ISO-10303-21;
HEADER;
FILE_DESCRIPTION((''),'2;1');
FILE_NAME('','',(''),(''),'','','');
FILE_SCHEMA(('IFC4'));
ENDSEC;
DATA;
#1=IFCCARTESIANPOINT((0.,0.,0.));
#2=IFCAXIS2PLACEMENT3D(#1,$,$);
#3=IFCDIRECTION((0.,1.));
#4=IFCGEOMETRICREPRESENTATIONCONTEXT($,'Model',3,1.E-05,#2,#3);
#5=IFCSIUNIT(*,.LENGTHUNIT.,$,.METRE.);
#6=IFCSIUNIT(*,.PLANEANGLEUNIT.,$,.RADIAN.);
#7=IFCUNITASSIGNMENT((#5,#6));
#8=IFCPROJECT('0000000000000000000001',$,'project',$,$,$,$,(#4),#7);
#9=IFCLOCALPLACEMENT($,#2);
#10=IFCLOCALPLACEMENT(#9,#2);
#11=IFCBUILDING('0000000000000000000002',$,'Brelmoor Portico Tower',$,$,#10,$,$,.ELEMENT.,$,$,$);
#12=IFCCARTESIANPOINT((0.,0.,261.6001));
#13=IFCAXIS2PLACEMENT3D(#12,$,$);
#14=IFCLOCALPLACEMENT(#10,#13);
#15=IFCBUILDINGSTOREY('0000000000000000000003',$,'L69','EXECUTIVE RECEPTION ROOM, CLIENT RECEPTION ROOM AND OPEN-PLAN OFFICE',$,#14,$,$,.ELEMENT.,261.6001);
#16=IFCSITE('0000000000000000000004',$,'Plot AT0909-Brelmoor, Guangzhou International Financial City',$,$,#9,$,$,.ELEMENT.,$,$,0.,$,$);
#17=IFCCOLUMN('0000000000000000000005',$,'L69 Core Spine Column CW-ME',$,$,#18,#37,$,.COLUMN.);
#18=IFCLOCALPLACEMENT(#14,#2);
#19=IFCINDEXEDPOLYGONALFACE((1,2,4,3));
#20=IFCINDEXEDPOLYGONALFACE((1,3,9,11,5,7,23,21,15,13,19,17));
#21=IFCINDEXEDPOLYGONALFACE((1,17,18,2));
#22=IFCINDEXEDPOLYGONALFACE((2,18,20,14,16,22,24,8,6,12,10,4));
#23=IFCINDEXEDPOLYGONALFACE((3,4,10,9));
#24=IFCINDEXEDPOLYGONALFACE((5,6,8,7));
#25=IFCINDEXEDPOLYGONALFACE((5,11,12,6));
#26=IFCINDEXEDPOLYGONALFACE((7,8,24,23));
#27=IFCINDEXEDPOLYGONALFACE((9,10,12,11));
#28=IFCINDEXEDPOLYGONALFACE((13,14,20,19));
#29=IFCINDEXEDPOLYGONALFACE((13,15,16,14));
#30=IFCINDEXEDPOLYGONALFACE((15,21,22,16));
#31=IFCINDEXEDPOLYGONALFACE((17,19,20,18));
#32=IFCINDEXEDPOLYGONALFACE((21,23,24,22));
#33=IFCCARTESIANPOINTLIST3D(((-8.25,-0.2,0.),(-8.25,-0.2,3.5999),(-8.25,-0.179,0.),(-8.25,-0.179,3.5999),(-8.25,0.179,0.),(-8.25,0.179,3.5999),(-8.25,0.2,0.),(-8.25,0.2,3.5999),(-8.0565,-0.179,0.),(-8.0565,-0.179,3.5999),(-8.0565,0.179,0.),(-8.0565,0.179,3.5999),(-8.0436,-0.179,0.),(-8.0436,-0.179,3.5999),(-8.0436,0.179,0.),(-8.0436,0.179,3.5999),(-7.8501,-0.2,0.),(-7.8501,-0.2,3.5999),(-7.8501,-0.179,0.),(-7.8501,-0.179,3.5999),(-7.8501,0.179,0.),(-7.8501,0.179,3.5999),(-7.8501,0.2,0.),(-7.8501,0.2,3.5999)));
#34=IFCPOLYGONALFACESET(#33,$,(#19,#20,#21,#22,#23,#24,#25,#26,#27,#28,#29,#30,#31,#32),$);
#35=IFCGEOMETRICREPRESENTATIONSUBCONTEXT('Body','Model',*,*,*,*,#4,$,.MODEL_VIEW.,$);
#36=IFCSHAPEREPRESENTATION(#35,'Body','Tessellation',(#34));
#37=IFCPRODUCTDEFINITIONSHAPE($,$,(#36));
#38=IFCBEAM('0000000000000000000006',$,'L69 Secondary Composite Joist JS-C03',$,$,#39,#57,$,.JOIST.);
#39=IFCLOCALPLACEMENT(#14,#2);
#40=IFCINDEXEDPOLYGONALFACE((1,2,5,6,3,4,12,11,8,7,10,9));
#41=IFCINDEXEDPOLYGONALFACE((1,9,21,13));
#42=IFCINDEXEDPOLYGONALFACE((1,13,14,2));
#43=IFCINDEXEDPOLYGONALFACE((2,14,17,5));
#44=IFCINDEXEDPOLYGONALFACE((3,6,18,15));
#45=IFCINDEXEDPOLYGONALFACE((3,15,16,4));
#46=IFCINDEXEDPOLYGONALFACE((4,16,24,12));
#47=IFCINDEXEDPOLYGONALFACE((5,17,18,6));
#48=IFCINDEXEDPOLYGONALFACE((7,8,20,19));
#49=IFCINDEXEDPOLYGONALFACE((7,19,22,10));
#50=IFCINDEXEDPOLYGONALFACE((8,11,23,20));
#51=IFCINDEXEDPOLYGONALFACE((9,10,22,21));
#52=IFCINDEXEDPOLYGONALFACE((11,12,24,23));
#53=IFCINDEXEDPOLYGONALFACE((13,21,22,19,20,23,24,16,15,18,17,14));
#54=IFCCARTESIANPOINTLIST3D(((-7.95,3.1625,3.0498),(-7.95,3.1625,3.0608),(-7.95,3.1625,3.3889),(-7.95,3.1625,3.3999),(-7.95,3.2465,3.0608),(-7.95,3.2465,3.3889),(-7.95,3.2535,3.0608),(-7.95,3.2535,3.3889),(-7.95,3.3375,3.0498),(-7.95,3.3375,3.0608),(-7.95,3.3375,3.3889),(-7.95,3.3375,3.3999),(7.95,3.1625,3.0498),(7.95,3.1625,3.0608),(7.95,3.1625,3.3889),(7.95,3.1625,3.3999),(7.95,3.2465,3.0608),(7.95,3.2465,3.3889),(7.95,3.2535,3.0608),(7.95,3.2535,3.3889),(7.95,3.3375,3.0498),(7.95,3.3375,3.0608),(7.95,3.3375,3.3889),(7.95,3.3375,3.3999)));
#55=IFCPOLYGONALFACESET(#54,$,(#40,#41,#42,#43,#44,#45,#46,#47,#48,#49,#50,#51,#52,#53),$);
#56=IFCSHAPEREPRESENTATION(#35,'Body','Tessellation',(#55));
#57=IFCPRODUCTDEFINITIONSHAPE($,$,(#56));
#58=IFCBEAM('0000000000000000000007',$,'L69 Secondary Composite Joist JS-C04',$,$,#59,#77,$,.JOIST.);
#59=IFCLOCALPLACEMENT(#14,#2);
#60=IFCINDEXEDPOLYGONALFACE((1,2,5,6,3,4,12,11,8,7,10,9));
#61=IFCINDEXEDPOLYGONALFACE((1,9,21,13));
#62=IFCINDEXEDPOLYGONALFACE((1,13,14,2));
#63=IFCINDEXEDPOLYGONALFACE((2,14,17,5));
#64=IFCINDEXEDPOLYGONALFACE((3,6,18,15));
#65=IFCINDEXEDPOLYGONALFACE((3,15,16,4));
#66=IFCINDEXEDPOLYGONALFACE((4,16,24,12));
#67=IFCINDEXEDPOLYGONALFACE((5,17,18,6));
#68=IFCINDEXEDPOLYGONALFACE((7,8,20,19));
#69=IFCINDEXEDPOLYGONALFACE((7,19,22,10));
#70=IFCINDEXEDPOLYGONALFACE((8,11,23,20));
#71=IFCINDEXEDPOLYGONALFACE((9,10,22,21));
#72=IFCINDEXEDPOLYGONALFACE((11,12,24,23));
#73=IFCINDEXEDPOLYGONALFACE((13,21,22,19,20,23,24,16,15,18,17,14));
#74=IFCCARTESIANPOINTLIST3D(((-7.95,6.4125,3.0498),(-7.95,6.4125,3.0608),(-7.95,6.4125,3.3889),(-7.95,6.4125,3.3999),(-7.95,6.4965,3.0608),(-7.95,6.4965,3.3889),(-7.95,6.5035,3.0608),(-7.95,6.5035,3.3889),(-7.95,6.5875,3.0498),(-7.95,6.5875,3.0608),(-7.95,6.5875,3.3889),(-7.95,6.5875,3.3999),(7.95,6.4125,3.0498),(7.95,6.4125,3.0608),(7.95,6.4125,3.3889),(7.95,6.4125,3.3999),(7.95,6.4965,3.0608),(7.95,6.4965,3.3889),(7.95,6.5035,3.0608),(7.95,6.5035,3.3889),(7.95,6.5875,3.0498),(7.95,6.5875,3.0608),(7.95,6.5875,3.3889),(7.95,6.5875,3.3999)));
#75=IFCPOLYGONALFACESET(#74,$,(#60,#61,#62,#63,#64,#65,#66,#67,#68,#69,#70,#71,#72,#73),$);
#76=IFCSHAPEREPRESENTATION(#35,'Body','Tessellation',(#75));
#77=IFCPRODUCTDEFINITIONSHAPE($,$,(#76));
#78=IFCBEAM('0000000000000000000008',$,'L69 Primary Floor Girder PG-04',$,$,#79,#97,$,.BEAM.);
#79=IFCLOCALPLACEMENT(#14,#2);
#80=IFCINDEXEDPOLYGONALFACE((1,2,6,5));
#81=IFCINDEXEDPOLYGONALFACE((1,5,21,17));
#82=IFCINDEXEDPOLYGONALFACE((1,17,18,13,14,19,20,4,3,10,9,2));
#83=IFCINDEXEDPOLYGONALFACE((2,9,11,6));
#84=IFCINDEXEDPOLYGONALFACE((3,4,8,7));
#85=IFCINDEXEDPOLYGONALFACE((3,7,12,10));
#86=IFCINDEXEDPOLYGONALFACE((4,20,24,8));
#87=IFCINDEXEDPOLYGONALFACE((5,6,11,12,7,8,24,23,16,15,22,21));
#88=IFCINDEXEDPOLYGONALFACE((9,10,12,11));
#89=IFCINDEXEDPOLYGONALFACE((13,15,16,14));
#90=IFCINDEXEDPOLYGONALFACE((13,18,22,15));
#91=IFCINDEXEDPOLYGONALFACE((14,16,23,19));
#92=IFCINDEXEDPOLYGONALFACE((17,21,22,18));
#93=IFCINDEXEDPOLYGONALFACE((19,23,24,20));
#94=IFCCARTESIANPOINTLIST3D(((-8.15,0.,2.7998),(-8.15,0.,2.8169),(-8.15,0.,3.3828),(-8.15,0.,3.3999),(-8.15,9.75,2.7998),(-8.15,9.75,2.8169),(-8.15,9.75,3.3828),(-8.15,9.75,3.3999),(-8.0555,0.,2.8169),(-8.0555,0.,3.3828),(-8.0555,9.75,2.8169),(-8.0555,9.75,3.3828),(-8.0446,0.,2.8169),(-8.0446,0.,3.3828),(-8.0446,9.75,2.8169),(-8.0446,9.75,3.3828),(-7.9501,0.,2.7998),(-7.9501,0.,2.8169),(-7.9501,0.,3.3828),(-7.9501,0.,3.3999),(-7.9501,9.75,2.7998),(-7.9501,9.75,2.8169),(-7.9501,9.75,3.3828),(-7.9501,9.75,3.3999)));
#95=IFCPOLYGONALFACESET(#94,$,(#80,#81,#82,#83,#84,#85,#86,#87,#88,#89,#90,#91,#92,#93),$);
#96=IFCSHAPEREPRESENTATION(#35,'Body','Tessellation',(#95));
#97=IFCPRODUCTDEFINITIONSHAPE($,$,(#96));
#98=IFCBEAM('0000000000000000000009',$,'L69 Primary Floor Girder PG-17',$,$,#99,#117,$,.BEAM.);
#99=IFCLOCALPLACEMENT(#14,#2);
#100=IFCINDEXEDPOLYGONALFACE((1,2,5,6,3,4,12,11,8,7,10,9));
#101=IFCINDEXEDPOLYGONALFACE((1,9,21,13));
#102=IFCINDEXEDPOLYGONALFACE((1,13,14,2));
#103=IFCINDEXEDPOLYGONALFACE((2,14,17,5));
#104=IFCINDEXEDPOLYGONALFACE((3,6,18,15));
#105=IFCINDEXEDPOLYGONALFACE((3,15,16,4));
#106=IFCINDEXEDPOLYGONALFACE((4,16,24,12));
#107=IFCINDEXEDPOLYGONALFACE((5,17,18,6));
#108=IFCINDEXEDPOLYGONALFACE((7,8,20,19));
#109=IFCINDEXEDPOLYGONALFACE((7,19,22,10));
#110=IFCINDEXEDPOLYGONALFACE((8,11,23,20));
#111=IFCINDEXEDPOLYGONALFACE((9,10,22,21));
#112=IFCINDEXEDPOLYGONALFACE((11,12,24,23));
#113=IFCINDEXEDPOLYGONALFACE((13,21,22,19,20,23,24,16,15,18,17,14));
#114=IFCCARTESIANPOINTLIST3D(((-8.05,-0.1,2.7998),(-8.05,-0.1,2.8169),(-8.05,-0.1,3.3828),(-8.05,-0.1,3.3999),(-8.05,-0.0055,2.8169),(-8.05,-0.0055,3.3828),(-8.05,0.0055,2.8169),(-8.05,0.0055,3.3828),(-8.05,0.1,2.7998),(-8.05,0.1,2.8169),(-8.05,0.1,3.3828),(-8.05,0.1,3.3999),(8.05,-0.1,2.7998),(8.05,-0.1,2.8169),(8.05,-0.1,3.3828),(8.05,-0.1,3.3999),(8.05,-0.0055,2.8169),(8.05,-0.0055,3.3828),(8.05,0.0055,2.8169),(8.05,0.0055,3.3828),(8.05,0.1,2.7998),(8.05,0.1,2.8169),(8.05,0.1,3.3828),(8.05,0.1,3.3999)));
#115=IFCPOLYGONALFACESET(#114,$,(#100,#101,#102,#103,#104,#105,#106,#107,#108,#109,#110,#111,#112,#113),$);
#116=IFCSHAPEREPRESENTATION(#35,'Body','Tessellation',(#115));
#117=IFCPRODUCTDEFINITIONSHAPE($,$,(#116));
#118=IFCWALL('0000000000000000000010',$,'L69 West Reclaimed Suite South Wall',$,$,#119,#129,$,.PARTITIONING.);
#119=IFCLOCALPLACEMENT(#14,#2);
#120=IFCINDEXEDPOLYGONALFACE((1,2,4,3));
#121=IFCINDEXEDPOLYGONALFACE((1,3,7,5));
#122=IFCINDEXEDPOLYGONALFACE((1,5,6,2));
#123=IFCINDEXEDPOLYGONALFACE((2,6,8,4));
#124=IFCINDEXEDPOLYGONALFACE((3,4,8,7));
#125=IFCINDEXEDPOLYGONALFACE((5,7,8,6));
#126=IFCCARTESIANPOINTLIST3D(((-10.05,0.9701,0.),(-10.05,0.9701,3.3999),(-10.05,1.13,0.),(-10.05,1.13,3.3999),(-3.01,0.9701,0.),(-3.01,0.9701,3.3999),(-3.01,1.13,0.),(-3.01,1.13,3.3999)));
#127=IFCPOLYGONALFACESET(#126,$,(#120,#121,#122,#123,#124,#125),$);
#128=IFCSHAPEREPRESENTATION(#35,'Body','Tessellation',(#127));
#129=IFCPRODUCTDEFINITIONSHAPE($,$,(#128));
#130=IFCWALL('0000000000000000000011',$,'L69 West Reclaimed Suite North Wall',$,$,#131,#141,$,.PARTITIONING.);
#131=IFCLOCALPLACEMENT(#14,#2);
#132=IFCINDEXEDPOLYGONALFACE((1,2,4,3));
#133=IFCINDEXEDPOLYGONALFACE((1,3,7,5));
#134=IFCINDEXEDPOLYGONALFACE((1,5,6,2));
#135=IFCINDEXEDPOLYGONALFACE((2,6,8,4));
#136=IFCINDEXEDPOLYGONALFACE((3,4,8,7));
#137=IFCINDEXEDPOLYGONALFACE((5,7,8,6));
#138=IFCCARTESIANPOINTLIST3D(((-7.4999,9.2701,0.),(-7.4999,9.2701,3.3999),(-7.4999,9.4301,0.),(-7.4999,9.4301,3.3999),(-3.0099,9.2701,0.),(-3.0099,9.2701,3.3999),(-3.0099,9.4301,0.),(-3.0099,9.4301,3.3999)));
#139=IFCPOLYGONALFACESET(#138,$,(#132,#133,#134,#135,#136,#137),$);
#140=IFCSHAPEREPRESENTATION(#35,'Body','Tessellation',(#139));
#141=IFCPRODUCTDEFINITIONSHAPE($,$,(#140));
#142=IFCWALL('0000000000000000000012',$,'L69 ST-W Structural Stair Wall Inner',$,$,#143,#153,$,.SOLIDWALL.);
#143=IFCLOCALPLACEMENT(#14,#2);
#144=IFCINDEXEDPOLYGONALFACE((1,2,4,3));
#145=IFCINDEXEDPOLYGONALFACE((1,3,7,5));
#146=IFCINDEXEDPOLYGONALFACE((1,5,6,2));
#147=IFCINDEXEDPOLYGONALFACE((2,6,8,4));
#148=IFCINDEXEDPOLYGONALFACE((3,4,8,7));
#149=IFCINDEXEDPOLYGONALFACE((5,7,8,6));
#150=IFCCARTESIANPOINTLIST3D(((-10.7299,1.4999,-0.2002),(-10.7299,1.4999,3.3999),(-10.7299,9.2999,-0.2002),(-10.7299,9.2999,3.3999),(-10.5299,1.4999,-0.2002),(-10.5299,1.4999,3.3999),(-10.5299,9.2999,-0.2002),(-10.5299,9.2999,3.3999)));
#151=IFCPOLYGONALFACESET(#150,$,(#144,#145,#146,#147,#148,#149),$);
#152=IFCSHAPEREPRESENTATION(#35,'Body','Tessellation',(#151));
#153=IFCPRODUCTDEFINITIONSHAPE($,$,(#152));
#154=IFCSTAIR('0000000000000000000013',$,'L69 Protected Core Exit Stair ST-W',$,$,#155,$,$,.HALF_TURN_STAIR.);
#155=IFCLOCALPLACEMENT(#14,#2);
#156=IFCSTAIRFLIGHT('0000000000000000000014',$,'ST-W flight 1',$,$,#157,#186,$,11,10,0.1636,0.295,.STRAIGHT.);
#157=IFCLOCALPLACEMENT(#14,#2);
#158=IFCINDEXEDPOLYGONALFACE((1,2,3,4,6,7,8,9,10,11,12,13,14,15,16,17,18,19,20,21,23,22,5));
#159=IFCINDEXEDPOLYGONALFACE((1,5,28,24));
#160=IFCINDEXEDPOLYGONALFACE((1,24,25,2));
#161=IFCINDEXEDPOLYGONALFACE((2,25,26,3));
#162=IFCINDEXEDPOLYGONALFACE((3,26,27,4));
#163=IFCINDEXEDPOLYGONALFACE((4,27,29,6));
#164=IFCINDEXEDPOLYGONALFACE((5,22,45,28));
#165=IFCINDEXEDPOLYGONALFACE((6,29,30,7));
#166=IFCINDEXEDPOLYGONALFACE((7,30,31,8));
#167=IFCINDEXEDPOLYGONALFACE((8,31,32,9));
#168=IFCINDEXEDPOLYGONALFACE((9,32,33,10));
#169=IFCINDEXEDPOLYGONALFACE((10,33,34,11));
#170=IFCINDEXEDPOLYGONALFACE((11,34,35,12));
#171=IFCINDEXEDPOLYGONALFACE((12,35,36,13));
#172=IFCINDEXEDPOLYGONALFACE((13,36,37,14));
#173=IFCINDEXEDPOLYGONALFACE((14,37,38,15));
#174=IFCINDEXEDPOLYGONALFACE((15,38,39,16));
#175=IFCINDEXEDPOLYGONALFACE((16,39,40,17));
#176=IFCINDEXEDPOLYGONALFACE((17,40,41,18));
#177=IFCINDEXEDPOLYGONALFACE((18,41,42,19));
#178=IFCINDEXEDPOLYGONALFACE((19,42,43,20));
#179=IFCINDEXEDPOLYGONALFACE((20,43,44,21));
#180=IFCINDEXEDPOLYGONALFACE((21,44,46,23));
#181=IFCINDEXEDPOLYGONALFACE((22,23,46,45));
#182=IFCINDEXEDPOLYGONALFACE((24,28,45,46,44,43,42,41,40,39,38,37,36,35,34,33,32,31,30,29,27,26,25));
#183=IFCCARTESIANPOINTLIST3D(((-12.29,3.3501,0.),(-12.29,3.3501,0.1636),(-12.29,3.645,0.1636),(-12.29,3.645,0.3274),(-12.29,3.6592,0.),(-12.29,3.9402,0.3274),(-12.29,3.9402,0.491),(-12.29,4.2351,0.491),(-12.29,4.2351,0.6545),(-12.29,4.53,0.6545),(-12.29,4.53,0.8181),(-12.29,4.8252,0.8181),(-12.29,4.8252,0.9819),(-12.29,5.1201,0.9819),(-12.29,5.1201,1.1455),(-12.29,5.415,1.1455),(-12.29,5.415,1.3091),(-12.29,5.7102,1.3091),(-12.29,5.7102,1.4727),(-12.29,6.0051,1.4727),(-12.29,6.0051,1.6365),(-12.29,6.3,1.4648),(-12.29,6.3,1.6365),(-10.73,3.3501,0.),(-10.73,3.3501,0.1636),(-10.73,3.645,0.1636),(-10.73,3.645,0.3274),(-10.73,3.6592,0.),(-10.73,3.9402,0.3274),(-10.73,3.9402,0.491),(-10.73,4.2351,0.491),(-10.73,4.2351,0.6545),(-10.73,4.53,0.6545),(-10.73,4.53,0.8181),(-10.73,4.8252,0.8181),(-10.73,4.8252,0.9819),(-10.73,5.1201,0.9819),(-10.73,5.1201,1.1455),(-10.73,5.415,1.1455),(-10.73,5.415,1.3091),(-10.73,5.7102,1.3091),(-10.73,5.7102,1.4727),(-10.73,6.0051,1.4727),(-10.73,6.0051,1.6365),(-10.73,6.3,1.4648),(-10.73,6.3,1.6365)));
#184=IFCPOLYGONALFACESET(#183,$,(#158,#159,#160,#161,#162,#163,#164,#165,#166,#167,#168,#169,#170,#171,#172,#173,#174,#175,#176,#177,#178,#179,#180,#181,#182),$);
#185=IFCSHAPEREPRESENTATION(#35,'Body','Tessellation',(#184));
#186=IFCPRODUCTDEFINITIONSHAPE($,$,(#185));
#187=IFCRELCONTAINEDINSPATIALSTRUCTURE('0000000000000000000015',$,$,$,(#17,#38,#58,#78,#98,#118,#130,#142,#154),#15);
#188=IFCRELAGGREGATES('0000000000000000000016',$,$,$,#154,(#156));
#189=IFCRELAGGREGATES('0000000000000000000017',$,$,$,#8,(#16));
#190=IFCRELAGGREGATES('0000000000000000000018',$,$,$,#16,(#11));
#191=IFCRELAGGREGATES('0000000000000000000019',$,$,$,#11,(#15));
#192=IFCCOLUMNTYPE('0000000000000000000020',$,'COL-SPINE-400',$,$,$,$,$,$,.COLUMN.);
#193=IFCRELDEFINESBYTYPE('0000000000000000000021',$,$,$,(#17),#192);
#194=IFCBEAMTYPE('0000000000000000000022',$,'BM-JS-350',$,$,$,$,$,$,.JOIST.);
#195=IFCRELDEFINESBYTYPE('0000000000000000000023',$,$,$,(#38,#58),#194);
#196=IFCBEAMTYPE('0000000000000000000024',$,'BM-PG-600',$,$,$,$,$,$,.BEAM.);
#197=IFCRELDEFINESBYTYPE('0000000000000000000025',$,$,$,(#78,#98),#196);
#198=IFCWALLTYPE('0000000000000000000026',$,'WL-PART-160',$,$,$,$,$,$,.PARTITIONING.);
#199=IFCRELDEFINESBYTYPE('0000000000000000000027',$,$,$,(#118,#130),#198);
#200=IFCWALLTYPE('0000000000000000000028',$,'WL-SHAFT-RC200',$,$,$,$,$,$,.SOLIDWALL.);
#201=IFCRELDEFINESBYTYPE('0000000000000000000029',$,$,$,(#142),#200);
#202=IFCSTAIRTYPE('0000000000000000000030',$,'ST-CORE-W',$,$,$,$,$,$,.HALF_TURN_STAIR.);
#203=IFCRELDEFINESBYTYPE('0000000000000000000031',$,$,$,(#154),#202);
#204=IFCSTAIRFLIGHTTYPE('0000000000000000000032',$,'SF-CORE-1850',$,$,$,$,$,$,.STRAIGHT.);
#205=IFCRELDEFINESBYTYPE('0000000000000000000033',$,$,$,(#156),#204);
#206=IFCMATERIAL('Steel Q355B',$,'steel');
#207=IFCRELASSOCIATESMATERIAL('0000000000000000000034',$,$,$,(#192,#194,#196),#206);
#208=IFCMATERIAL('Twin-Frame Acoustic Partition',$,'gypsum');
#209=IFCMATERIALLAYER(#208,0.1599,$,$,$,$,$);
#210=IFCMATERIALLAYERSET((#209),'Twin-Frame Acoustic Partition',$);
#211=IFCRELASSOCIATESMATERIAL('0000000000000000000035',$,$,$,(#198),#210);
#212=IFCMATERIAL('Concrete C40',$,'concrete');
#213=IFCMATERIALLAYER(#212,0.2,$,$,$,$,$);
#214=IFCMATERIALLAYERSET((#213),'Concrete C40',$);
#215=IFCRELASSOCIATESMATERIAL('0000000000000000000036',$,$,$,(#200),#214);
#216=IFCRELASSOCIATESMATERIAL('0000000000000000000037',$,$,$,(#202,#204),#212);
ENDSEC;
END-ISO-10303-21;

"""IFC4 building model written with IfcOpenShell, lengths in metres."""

from ifc_helpers import new_model, si_unit, direction, frame, frame_2d, origin, origin_2d, place, context, subcontext, project, spatial, polyline, rectangle, i_section, outline, extrude, material, layer, layer_set, material_profile, profile_set, type_object, element, aggregate, save


model = new_model("IFC4")

# Units and contexts
model_context = context("Model", 3, precision=1e-05, world=origin(), true_north=direction((0.0, 1.0)))
body_context = subcontext(model_context, "Body", "Model", "MODEL_VIEW")
ifc_project = project(units=[si_unit("LENGTHUNIT", "METRE"), si_unit("PLANEANGLEUNIT", "RADIAN")], contexts=[model_context])

# Site, building, storey
site_placement = place(None, origin())
site = spatial("IfcSite", under=ifc_project, at=site_placement, Name="Plot AT0909-Brelmoor, Guangzhou International Financial City", CompositionType="ELEMENT", RefElevation=0.0)
building_placement = place(site_placement, origin())
building = spatial("IfcBuilding", under=site, at=building_placement, Name="Brelmoor Portico Tower", CompositionType="ELEMENT")
storey_placement = place(building_placement, frame((0.0, 0.0, 261.6001)))
storey = spatial("IfcBuildingStorey", under=building, at=storey_placement, Name="L69", Description="EXECUTIVE RECEPTION ROOM, CLIENT RECEPTION ROOM AND OPEN-PLAN OFFICE", CompositionType="ELEMENT", Elevation=261.6001)

# Column
ifc_material_1 = material(Name="Steel Q355B", Category="steel")
ifc_material_profile_1 = material_profile(ifc_material_1, i_section(OverallWidth=0.3999, OverallDepth=0.3999, WebThickness=0.0129, FlangeThickness=0.021, at=origin_2d()), Name="HW 400x400x13x21")
ifc_profile_set_1 = profile_set([ifc_material_profile_1], Name="Steel Q355B")
column_type = type_object("IfcColumnType", Name="COL-SPINE-400", PredefinedType="COLUMN", material=ifc_profile_set_1)
column_placement = place(storey_placement, frame((-8.05, 0.0, 0.0), z_axis=(0.0, 0.0, 1.0), x_axis=(1.0, 0.0, 0.0)))
element("IfcColumn", 1, at=column_placement, inside=storey, type_object=column_type, Name="L69 Core Spine Column CW-ME", PredefinedType="COLUMN", context=body_context, shape_type="SweptSolid", body=[
    extrude(i_section(OverallWidth=0.3999, OverallDepth=0.3999, WebThickness=0.0129, FlangeThickness=0.021, at=origin_2d()), origin(), (0.0, 0.0, 1.0), 3.5999),
])

# Beams
ifc_material_profile_2 = material_profile(ifc_material_1, i_section(OverallWidth=0.175, OverallDepth=0.3501, WebThickness=0.0071, FlangeThickness=0.011, at=origin_2d()), Name="HN 350x175x7x11")
ifc_profile_set_2 = profile_set([ifc_material_profile_2], Name="Steel Q355B")
beam_type_1 = type_object("IfcBeamType", Name="BM-JS-350", PredefinedType="JOIST", material=ifc_profile_set_2)
for number, where, z_axis, x_axis, name in (
    (2, (-7.95, 3.25, 3.2249), (1.0, 0.0, 0.0), (0.0, 1.0, 0.0), "L69 Secondary Composite Joist JS-C03"),
    (3, (-7.95, 6.5, 3.2249), (1.0, 0.0, 0.0), (0.0, 1.0, 0.0), "L69 Secondary Composite Joist JS-C04"),
):
    element("IfcBeam", number, at=place(storey_placement, frame(where, z_axis=z_axis, x_axis=x_axis)), inside=storey, type_object=beam_type_1, Name=name, PredefinedType="JOIST", context=body_context, shape_type="SweptSolid", body=[
        extrude(i_section(OverallWidth=0.175, OverallDepth=0.3501, WebThickness=0.0071, FlangeThickness=0.011, at=origin_2d()), origin(), (0.0, 0.0, 1.0), 15.8999),
    ])
ifc_material_profile_3 = material_profile(ifc_material_1, i_section(OverallWidth=0.2, OverallDepth=0.6001, WebThickness=0.011, FlangeThickness=0.0171, at=origin_2d()), Name="HN 600x200x11x17")
ifc_profile_set_3 = profile_set([ifc_material_profile_3], Name="Steel Q355B")
beam_type_2 = type_object("IfcBeamType", Name="BM-PG-600", PredefinedType="BEAM", material=ifc_profile_set_3)
beam_1_placement = place(storey_placement, frame((-8.05, 0.0, 3.0999), z_axis=(0.0, 1.0, 0.0), x_axis=(-1.0, 0.0, 0.0)))
element("IfcBeam", 4, at=beam_1_placement, inside=storey, type_object=beam_type_2, Name="L69 Primary Floor Girder PG-04", PredefinedType="BEAM", context=body_context, shape_type="SweptSolid", body=[
    extrude(i_section(OverallWidth=0.2, OverallDepth=0.6001, WebThickness=0.011, FlangeThickness=0.0171, at=origin_2d()), origin(), (0.0, 0.0, 1.0), 9.75),
])
beam_2_placement = place(storey_placement, frame((-8.05, 0.0, 3.0999), z_axis=(1.0, 0.0, 0.0), x_axis=(0.0, 1.0, 0.0)))
element("IfcBeam", 5, at=beam_2_placement, inside=storey, type_object=beam_type_2, Name="L69 Primary Floor Girder PG-17", PredefinedType="BEAM", context=body_context, shape_type="SweptSolid", body=[
    extrude(i_section(OverallWidth=0.2, OverallDepth=0.6001, WebThickness=0.011, FlangeThickness=0.0171, at=origin_2d()), origin(), (0.0, 0.0, 1.0), 16.1001),
])

# Walls
ifc_material_2 = material(Name="Twin-Frame Acoustic Partition", Category="gypsum")
ifc_layer_1 = layer(ifc_material_2, 0.1599)
ifc_layer_set_1 = layer_set([ifc_layer_1], Name="Twin-Frame Acoustic Partition")
wall_type_1 = type_object("IfcWallType", Name="WL-PART-160", PredefinedType="PARTITIONING", material=ifc_layer_set_1)
wall_1_placement = place(storey_placement, frame((-10.05, 1.05, 0.0), z_axis=(0.0, 0.0, 1.0), x_axis=(1.0, 0.0, 0.0)))
element("IfcWall", 6, at=wall_1_placement, inside=storey, type_object=wall_type_1, Name="L69 West Reclaimed Suite South Wall", PredefinedType="PARTITIONING", context=body_context, shape_type="SweptSolid", body=[
    extrude(rectangle(XDim=7.04, YDim=0.1599, at=frame_2d((3.52, 0.0))), origin(), (0.0, 0.0, 1.0), 3.3999),
])
wall_2_placement = place(storey_placement, frame((-7.5, 9.3501, 0.0), z_axis=(0.0, 0.0, 1.0), x_axis=(1.0, 0.0, 0.0)))
element("IfcWall", 7, at=wall_2_placement, inside=storey, type_object=wall_type_1, Name="L69 West Reclaimed Suite North Wall", PredefinedType="PARTITIONING", context=body_context, shape_type="SweptSolid", body=[
    extrude(rectangle(XDim=4.49, YDim=0.1599, at=frame_2d((2.2451, 0.0))), origin(), (0.0, 0.0, 1.0), 3.3999),
])

# Wall
ifc_material_3 = material(Name="Concrete C40", Category="concrete")
ifc_layer_2 = layer(ifc_material_3, 0.2)
ifc_layer_set_2 = layer_set([ifc_layer_2], Name="Concrete C40")
wall_type_2 = type_object("IfcWallType", Name="WL-SHAFT-RC200", PredefinedType="SOLIDWALL", material=ifc_layer_set_2)
wall_3_placement = place(storey_placement, frame((-10.6299, 1.5, -0.2002), z_axis=(0.0, 0.0, 1.0), x_axis=(0.0, 1.0, 0.0)))
element("IfcWall", 8, at=wall_3_placement, inside=storey, type_object=wall_type_2, Name="L69 ST-W Structural Stair Wall Inner", PredefinedType="SOLIDWALL", context=body_context, shape_type="SweptSolid", body=[
    extrude(rectangle(XDim=7.8, YDim=0.2, at=frame_2d((3.8999, 0.0))), origin(), (0.0, 0.0, 1.0), 3.6001),
])

# Stair, stair flight
stair_type = type_object("IfcStairType", Name="ST-CORE-W", PredefinedType="HALF_TURN_STAIR", material=ifc_material_3)
stair_placement = place(storey_placement, origin())
stair = element("IfcStair", 9, at=stair_placement, inside=storey, type_object=stair_type, Name="L69 Protected Core Exit Stair ST-W", PredefinedType="HALF_TURN_STAIR")
stair_flight_type = type_object("IfcStairFlightType", Name="SF-CORE-1850", PredefinedType="STRAIGHT", material=ifc_material_3)
stair_flight_1_placement = place(storey_placement, frame((-11.51, 3.3501, 0.0), z_axis=(0.0, 0.0, 1.0), x_axis=(0.0, 1.0, 0.0)))
stair_flight_1 = element("IfcStairFlight", 10, at=stair_flight_1_placement, type_object=stair_flight_type, Name="ST-W flight 1", NumberOfRisers=11, NumberOfTreads=10, PredefinedType="STRAIGHT", RiserHeight=0.1636, TreadLength=0.295, context=body_context, shape_type="SweptSolid", body=[
    extrude(outline(polyline([(0.0, 0.0), (0.0, 0.1636), (0.2949, 0.1636), (0.2949, 0.3274), (0.5901, 0.3274), (0.5901, 0.491), (0.885, 0.491), (0.885, 0.6545), (1.1799, 0.6545), (1.1799, 0.8181), (1.4751, 0.8181), (1.4751, 0.9819), (1.77, 0.9819), (1.77, 1.1455), (2.0649, 1.1455), (2.0649, 1.3091), (2.3601, 1.3091), (2.3601, 1.4727), (2.655, 1.4727), (2.655, 1.6365), (2.95, 1.6365), (2.95, 1.8), (2.95, 1.4648), (0.3091, 0.0), (0.0, 0.0)])), frame((0.0, 0.78, 0.0), z_axis=(0.0, -1.0, 0.0), x_axis=(1.0, 0.0, 0.0)), (0.0, 0.0, 1.0), 1.5601),
])
aggregate(stair, [stair_flight_1])

save(model, "model.ifc")
